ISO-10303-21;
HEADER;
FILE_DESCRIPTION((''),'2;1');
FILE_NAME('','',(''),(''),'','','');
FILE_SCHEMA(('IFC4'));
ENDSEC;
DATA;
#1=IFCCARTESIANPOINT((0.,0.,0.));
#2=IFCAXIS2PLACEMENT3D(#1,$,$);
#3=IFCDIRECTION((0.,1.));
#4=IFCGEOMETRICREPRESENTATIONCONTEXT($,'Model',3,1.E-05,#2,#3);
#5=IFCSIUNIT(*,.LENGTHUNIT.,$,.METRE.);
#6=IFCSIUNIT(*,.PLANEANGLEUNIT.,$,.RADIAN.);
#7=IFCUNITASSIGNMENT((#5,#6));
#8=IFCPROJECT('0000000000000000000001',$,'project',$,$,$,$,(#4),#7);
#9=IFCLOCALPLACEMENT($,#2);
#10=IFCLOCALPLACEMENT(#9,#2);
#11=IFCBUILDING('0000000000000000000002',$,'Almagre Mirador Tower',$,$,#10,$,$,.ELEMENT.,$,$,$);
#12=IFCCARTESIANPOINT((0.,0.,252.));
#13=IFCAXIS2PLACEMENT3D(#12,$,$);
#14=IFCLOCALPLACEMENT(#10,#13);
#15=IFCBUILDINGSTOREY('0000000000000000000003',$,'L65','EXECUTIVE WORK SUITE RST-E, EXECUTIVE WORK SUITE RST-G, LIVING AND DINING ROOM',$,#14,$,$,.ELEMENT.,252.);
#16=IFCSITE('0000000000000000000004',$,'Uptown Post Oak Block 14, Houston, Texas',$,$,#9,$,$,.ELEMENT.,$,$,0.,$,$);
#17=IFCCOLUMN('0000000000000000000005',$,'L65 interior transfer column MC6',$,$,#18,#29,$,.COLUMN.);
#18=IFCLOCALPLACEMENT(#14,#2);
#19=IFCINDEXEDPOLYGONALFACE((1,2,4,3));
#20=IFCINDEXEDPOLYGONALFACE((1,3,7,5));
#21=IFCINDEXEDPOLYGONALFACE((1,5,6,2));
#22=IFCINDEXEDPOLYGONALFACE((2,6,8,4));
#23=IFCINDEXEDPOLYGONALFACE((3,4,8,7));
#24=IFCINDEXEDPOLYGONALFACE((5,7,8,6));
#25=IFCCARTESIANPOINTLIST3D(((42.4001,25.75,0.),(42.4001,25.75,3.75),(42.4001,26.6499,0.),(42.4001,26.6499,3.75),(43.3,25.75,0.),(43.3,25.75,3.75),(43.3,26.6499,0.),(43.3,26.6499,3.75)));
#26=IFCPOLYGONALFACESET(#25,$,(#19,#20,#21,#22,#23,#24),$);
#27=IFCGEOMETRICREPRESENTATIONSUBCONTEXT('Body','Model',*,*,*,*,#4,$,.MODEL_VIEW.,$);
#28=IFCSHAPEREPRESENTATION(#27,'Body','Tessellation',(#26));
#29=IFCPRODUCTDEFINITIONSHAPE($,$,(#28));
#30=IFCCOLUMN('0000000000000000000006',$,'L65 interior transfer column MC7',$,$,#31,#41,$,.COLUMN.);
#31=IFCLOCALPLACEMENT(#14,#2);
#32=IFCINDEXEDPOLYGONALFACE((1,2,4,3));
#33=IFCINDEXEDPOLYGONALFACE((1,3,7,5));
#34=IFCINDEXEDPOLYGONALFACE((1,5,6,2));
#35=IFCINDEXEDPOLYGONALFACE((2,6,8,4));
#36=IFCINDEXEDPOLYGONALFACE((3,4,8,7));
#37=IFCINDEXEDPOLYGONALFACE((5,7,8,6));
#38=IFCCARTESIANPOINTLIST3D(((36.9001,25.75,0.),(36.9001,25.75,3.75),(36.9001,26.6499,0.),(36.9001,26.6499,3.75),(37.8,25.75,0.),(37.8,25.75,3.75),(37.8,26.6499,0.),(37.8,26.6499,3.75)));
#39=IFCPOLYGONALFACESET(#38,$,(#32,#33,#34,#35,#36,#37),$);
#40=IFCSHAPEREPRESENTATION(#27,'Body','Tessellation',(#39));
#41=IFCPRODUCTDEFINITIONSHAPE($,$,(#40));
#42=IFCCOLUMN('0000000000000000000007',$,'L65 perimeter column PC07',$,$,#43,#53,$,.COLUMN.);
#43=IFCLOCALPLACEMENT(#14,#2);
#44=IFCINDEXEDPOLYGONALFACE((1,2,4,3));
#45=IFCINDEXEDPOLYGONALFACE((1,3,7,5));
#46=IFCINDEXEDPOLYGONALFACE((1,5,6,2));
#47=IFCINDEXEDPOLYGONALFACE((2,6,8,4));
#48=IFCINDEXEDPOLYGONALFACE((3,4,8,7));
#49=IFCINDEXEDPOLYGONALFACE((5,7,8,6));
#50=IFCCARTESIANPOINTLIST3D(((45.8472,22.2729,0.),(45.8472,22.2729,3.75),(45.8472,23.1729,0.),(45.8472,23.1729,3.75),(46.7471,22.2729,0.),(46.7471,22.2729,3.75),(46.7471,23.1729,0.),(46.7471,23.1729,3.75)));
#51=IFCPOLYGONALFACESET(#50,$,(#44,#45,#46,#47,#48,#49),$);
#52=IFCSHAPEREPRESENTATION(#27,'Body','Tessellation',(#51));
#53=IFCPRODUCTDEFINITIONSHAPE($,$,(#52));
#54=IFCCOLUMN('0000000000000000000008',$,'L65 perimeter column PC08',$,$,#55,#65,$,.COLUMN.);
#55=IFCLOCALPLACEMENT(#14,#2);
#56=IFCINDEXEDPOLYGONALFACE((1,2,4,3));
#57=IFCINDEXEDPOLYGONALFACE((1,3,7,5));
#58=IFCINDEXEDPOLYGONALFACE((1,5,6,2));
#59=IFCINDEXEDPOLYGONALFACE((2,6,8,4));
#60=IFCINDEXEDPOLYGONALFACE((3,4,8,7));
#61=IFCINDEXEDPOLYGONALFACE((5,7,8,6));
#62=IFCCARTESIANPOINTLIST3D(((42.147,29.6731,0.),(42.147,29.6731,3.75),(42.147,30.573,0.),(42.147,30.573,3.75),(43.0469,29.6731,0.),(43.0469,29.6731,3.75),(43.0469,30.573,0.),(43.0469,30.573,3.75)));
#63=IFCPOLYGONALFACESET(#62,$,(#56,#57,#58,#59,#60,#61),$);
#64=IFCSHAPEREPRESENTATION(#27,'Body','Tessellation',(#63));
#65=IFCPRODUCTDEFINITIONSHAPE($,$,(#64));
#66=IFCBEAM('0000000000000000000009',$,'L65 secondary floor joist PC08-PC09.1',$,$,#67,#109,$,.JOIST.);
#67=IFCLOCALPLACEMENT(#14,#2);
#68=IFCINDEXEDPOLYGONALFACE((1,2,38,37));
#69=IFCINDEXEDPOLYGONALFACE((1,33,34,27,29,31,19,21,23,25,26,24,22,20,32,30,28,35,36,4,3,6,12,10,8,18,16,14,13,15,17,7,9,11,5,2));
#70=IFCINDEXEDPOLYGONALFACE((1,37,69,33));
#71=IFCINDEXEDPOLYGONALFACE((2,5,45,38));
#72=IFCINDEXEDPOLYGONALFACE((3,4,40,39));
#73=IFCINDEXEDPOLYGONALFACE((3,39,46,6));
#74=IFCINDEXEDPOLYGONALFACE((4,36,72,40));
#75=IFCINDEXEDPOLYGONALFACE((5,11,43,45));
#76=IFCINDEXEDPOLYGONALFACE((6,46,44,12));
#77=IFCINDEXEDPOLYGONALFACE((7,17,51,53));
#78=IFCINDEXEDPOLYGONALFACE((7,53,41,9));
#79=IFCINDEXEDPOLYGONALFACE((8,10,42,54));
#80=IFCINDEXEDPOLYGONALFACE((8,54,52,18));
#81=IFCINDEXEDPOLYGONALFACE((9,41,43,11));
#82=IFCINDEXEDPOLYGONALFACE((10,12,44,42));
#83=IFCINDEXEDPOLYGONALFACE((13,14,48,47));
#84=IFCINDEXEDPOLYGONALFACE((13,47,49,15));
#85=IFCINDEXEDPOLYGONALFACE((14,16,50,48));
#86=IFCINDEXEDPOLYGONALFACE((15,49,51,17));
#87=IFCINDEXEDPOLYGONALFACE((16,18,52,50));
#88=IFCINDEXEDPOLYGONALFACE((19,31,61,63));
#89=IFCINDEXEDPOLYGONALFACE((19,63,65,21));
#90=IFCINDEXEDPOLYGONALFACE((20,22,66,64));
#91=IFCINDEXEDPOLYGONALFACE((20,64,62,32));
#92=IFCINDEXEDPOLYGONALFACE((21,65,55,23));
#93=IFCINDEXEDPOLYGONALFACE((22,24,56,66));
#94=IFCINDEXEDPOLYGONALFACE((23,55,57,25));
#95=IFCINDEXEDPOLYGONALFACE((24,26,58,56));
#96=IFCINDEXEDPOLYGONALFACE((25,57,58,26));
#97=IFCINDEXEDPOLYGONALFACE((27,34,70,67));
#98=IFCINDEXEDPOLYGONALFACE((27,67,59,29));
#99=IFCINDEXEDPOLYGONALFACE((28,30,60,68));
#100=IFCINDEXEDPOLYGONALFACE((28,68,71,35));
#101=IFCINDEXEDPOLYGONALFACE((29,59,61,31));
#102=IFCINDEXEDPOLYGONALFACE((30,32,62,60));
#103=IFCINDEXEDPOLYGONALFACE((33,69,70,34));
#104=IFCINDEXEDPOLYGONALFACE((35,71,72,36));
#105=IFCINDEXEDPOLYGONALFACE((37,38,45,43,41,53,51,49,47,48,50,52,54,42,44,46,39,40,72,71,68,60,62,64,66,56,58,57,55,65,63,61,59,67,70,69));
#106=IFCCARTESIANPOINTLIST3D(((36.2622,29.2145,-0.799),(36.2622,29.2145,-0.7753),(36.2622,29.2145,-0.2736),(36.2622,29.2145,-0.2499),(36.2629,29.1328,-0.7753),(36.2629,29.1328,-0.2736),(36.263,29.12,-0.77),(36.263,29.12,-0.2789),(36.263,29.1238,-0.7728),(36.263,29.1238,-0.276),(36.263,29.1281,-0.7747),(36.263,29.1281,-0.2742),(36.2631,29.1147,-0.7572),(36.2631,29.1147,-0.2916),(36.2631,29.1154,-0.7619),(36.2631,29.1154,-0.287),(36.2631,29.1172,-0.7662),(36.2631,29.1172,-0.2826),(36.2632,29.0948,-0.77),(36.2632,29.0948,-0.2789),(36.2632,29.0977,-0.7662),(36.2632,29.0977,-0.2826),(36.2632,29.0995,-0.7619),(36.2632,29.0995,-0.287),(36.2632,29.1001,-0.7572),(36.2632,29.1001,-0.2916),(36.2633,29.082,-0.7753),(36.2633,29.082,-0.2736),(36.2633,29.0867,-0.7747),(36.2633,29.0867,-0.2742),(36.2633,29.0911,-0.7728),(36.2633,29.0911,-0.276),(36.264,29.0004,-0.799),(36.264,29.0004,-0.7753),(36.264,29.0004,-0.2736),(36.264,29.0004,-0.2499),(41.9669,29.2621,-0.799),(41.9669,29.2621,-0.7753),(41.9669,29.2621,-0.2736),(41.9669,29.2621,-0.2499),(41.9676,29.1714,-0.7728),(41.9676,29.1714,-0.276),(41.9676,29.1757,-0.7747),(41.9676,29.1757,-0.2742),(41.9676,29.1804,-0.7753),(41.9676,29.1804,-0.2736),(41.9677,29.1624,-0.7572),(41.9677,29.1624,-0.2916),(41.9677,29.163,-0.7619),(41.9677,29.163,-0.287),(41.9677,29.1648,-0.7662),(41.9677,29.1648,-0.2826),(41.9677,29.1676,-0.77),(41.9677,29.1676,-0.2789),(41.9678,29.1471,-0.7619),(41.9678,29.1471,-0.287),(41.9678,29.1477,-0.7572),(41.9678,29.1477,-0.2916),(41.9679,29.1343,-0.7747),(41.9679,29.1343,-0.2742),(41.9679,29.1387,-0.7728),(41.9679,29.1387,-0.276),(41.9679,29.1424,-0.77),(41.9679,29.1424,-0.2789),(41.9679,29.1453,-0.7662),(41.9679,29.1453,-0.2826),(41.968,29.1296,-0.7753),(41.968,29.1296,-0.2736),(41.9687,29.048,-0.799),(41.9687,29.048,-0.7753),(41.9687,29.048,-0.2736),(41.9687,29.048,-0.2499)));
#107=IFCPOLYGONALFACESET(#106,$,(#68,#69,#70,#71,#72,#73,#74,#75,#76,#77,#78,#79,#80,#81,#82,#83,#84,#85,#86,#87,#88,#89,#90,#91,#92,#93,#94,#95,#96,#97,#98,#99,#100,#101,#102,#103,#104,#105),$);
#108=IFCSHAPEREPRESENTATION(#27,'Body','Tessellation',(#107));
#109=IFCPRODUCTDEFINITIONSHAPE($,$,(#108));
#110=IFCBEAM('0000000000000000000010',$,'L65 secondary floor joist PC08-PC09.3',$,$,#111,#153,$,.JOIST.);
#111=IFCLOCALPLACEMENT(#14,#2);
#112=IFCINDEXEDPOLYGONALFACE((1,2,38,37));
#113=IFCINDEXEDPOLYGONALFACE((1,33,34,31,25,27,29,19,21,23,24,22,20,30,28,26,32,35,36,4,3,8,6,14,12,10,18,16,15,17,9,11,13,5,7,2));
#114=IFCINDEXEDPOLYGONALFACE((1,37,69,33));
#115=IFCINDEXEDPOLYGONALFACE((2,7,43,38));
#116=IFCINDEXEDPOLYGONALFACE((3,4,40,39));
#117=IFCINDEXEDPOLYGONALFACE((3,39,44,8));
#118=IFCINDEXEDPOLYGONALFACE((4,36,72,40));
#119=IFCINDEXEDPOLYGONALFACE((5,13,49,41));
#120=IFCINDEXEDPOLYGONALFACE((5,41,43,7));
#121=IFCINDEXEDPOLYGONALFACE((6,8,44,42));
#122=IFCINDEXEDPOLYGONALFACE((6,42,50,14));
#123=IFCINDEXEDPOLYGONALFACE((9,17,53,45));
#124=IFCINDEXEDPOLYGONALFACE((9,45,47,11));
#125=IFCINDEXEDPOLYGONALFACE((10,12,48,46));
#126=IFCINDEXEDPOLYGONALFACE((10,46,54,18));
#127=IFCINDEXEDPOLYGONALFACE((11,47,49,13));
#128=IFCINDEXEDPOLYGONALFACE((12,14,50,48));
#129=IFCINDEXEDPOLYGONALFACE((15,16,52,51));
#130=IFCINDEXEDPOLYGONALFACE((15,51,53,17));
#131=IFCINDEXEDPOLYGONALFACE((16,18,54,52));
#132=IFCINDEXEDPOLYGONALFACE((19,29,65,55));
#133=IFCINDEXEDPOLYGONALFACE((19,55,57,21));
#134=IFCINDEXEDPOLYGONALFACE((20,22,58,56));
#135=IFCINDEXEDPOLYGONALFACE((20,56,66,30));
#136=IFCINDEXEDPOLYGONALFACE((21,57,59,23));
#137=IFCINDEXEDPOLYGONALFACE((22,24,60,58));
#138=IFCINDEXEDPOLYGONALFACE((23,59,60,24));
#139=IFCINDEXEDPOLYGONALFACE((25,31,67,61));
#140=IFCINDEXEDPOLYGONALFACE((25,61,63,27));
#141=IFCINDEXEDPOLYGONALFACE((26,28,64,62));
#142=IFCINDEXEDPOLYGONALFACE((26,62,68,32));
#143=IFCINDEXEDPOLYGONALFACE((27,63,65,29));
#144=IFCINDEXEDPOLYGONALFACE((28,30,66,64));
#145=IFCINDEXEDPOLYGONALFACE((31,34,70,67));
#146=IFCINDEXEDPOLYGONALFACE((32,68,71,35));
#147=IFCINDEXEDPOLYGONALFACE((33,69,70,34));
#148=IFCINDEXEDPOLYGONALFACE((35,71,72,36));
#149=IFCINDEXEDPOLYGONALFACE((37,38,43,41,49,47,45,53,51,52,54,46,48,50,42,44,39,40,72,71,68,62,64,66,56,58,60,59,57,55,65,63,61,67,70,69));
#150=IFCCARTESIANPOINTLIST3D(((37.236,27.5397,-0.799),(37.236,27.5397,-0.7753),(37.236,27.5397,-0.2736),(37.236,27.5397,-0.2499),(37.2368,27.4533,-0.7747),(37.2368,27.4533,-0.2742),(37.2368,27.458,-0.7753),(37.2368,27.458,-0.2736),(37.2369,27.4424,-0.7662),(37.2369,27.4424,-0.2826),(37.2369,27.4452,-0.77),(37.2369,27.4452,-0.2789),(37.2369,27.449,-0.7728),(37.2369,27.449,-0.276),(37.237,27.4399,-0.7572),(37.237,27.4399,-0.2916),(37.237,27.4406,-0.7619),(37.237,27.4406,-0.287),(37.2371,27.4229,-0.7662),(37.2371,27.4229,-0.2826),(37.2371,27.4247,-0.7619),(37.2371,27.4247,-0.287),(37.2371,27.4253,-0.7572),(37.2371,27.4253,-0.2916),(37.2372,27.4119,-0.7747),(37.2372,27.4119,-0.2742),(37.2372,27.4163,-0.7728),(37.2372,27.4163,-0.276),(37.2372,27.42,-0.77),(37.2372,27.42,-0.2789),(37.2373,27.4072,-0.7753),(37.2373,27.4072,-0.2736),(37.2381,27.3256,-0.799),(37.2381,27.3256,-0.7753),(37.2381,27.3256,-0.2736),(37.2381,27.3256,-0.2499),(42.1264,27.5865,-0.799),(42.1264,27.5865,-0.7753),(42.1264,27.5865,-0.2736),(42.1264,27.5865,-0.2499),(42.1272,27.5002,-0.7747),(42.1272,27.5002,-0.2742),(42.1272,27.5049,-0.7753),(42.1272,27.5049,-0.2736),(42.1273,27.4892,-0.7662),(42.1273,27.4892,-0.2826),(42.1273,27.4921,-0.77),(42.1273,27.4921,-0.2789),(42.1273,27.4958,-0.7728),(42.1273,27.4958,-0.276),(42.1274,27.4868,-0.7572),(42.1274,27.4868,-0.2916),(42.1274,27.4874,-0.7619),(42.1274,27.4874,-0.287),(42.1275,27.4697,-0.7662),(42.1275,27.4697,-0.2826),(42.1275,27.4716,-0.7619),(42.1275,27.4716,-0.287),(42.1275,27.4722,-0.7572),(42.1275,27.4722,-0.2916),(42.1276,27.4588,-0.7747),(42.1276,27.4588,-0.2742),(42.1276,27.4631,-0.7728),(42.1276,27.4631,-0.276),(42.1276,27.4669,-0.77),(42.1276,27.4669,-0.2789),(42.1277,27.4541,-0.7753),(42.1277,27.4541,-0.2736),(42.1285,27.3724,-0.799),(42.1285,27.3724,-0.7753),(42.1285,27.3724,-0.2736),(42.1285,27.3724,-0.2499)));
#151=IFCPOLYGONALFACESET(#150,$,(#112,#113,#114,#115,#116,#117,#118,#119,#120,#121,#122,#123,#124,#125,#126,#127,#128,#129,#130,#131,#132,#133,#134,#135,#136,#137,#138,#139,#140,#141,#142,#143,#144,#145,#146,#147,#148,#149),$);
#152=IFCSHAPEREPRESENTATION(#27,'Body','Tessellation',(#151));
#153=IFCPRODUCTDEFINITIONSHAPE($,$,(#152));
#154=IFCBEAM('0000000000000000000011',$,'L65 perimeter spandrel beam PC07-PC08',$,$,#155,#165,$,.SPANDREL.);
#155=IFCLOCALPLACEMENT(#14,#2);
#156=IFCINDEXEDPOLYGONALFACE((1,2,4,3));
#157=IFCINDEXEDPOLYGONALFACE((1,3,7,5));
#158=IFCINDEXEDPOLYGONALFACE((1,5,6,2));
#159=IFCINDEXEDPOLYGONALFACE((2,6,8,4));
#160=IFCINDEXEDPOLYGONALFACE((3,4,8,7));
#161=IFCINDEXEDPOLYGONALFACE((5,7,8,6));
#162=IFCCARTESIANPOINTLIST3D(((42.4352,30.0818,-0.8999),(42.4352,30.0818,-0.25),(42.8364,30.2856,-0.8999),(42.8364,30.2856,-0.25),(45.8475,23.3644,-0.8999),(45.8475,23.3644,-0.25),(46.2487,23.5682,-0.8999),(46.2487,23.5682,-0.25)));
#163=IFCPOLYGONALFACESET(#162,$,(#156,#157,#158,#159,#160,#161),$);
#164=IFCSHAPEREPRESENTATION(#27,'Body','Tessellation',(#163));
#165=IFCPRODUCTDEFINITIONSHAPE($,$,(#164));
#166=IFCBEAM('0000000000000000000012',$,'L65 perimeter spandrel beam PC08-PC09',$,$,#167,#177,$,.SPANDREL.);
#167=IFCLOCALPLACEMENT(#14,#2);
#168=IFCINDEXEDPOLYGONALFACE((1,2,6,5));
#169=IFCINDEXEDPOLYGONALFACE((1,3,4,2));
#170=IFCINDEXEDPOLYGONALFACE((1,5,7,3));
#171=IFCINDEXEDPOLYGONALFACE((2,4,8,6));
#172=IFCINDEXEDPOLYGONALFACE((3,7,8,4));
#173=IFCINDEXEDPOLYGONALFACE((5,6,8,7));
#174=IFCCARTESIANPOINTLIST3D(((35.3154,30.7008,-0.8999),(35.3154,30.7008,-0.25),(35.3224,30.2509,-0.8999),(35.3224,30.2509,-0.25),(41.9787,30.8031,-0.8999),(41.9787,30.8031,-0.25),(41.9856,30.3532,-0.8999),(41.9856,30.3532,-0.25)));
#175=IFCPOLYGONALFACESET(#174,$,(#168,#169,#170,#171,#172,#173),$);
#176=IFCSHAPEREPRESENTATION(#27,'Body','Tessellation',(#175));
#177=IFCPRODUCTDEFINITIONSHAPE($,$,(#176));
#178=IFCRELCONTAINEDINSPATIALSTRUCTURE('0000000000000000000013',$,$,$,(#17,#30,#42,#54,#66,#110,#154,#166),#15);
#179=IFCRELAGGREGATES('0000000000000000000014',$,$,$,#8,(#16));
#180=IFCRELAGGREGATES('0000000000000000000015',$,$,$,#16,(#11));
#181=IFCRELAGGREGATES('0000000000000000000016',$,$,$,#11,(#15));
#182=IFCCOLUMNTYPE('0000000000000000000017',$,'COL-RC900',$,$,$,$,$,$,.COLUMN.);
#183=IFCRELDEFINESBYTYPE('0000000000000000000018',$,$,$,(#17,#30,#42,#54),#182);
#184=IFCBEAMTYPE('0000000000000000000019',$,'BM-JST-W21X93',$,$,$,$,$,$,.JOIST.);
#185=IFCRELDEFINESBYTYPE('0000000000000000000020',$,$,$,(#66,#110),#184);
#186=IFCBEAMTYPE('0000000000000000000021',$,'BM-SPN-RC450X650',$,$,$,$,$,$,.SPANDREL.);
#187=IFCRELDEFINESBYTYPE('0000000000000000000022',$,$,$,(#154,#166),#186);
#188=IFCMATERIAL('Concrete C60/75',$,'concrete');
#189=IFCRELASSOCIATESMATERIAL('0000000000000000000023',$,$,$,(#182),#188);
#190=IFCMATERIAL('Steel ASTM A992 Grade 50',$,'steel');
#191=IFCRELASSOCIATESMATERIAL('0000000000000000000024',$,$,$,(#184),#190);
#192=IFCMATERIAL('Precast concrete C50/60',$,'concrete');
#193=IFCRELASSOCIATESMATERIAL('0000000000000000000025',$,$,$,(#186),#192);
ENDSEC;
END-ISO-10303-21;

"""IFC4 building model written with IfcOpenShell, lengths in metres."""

from ifc_helpers import new_model, si_unit, direction, frame, origin, origin_2d, place, context, subcontext, project, spatial, rectangle, i_section, extrude, material, material_profile, profile_set, type_object, element, save


model = new_model("IFC4")

# Units and contexts
model_context = context("Model", 3, precision=1e-05, world=origin(), true_north=direction((0.0, 1.0)))
body_context = subcontext(model_context, "Body", "Model", "MODEL_VIEW")
ifc_project = project(units=[si_unit("LENGTHUNIT", "METRE"), si_unit("PLANEANGLEUNIT", "RADIAN")], contexts=[model_context])

# Site, building, storey
site_placement = place(None, origin())
site = spatial("IfcSite", under=ifc_project, at=site_placement, Name="Uptown Post Oak Block 14, Houston, Texas", CompositionType="ELEMENT", RefElevation=0.0)
building_placement = place(site_placement, origin())
building = spatial("IfcBuilding", under=site, at=building_placement, Name="Almagre Mirador Tower", CompositionType="ELEMENT")
storey_placement = place(building_placement, frame((0.0, 0.0, 252.0)))
storey = spatial("IfcBuildingStorey", under=building, at=storey_placement, Name="L65", Description="EXECUTIVE WORK SUITE RST-E, EXECUTIVE WORK SUITE RST-G, LIVING AND DINING ROOM", CompositionType="ELEMENT", Elevation=252.0)

# Columns
ifc_material_1 = material(Name="Concrete C60/75", Category="concrete")
ifc_material_profile_1 = material_profile(ifc_material_1, rectangle(XDim=0.8999, YDim=0.8999, at=origin_2d()), Name="RC900X900")
ifc_profile_set_1 = profile_set([ifc_material_profile_1], Name="Concrete C60/75")
column_type = type_object("IfcColumnType", Name="COL-RC900", PredefinedType="COLUMN", material=ifc_profile_set_1)
for number, where, z_axis, x_axis, name in (
    (1, (42.8501, 26.2, 0.0), (0.0, 0.0, 1.0), (1.0, 0.0, 0.0), "L65 interior transfer column MC6"),
    (2, (37.3501, 26.2, 0.0), (0.0, 0.0, 1.0), (1.0, 0.0, 0.0), "L65 interior transfer column MC7"),
    (3, (46.2971, 22.7229, 0.0), (0.0, 0.0, 1.0), (1.0, 0.0, 0.0), "L65 perimeter column PC07"),
    (4, (42.5969, 30.123, 0.0), (0.0, 0.0, 1.0), (1.0, 0.0, 0.0), "L65 perimeter column PC08"),
):
    element("IfcColumn", number, at=place(storey_placement, frame(where, z_axis=z_axis, x_axis=x_axis)), inside=storey, type_object=column_type, Name=name, PredefinedType="COLUMN", context=body_context, shape_type="SweptSolid", body=[
        extrude(rectangle(XDim=0.8999, YDim=0.8999, at=origin_2d()), origin(), (0.0, 0.0, 1.0), 3.75),
    ])

# Beams
ifc_material_2 = material(Name="Steel ASTM A992 Grade 50", Category="steel")
ifc_material_profile_2 = material_profile(ifc_material_2, i_section(OverallWidth=0.2141, OverallDepth=0.5491, WebThickness=0.0146, FlangeThickness=0.0237, FilletRadius=0.0181, at=origin_2d()), Name="W21X93")
ifc_profile_set_2 = profile_set([ifc_material_profile_2], Name="Steel ASTM A992 Grade 50")
beam_type_1 = type_object("IfcBeamType", Name="BM-JST-W21X93", PredefinedType="JOIST", material=ifc_profile_set_2)
beam_1_placement = place(storey_placement, frame((41.9678, 29.155, -0.5244), z_axis=(-0.999965, -0.008345, 0.0), x_axis=(0.008345, -0.999965, 0.0)))
element("IfcBeam", 5, at=beam_1_placement, inside=storey, type_object=beam_type_1, Name="L65 secondary floor joist PC08-PC09.1", PredefinedType="JOIST", context=body_context, shape_type="SweptSolid", body=[
    extrude(i_section(OverallWidth=0.2141, OverallDepth=0.5491, WebThickness=0.0146, FlangeThickness=0.0237, FilletRadius=0.0181, at=origin_2d()), origin(), (0.0, 0.0, 1.0), 5.7048),
])
beam_2_placement = place(storey_placement, frame((42.1274, 27.4795, -0.5244), z_axis=(-0.999954, -0.009585, 0.0), x_axis=(0.009585, -0.999954, 0.0)))
element("IfcBeam", 6, at=beam_2_placement, inside=storey, type_object=beam_type_1, Name="L65 secondary floor joist PC08-PC09.3", PredefinedType="JOIST", context=body_context, shape_type="SweptSolid", body=[
    extrude(i_section(OverallWidth=0.2141, OverallDepth=0.5491, WebThickness=0.0146, FlangeThickness=0.0237, FilletRadius=0.0181, at=origin_2d()), origin(), (0.0, 0.0, 1.0), 4.8906),
])
ifc_material_3 = material(Name="Precast concrete C50/60", Category="concrete")
ifc_material_profile_3 = material_profile(ifc_material_3, rectangle(XDim=0.45, YDim=0.6499, at=origin_2d()), Name="RC450X650")
ifc_profile_set_3 = profile_set([ifc_material_profile_3], Name="Precast concrete C50/60")
beam_type_2 = type_object("IfcBeamType", Name="BM-SPN-RC450X650", PredefinedType="SPANDREL", material=ifc_profile_set_3)
beam_3_placement = place(storey_placement, frame((46.0481, 23.4663, -0.575), z_axis=(-0.452894, 0.891564, 0.0), x_axis=(-0.891564, -0.452894, 0.0)))
element("IfcBeam", 7, at=beam_3_placement, inside=storey, type_object=beam_type_2, Name="L65 perimeter spandrel beam PC07-PC08", PredefinedType="SPANDREL", context=body_context, shape_type="SweptSolid", body=[
    extrude(rectangle(XDim=0.45, YDim=0.6499, at=origin_2d()), origin(), (0.0, 0.0, 1.0), 7.5344),
])
beam_4_placement = place(storey_placement, frame((41.9822, 30.5781, -0.575), z_axis=(-0.999882, -0.01535, 0.0), x_axis=(0.01535, -0.999882, 0.0)))
element("IfcBeam", 8, at=beam_4_placement, inside=storey, type_object=beam_type_2, Name="L65 perimeter spandrel beam PC08-PC09", PredefinedType="SPANDREL", context=body_context, shape_type="SweptSolid", body=[
    extrude(rectangle(XDim=0.45, YDim=0.6499, at=origin_2d()), origin(), (0.0, 0.0, 1.0), 6.6641),
])

save(model, "model.ifc")
